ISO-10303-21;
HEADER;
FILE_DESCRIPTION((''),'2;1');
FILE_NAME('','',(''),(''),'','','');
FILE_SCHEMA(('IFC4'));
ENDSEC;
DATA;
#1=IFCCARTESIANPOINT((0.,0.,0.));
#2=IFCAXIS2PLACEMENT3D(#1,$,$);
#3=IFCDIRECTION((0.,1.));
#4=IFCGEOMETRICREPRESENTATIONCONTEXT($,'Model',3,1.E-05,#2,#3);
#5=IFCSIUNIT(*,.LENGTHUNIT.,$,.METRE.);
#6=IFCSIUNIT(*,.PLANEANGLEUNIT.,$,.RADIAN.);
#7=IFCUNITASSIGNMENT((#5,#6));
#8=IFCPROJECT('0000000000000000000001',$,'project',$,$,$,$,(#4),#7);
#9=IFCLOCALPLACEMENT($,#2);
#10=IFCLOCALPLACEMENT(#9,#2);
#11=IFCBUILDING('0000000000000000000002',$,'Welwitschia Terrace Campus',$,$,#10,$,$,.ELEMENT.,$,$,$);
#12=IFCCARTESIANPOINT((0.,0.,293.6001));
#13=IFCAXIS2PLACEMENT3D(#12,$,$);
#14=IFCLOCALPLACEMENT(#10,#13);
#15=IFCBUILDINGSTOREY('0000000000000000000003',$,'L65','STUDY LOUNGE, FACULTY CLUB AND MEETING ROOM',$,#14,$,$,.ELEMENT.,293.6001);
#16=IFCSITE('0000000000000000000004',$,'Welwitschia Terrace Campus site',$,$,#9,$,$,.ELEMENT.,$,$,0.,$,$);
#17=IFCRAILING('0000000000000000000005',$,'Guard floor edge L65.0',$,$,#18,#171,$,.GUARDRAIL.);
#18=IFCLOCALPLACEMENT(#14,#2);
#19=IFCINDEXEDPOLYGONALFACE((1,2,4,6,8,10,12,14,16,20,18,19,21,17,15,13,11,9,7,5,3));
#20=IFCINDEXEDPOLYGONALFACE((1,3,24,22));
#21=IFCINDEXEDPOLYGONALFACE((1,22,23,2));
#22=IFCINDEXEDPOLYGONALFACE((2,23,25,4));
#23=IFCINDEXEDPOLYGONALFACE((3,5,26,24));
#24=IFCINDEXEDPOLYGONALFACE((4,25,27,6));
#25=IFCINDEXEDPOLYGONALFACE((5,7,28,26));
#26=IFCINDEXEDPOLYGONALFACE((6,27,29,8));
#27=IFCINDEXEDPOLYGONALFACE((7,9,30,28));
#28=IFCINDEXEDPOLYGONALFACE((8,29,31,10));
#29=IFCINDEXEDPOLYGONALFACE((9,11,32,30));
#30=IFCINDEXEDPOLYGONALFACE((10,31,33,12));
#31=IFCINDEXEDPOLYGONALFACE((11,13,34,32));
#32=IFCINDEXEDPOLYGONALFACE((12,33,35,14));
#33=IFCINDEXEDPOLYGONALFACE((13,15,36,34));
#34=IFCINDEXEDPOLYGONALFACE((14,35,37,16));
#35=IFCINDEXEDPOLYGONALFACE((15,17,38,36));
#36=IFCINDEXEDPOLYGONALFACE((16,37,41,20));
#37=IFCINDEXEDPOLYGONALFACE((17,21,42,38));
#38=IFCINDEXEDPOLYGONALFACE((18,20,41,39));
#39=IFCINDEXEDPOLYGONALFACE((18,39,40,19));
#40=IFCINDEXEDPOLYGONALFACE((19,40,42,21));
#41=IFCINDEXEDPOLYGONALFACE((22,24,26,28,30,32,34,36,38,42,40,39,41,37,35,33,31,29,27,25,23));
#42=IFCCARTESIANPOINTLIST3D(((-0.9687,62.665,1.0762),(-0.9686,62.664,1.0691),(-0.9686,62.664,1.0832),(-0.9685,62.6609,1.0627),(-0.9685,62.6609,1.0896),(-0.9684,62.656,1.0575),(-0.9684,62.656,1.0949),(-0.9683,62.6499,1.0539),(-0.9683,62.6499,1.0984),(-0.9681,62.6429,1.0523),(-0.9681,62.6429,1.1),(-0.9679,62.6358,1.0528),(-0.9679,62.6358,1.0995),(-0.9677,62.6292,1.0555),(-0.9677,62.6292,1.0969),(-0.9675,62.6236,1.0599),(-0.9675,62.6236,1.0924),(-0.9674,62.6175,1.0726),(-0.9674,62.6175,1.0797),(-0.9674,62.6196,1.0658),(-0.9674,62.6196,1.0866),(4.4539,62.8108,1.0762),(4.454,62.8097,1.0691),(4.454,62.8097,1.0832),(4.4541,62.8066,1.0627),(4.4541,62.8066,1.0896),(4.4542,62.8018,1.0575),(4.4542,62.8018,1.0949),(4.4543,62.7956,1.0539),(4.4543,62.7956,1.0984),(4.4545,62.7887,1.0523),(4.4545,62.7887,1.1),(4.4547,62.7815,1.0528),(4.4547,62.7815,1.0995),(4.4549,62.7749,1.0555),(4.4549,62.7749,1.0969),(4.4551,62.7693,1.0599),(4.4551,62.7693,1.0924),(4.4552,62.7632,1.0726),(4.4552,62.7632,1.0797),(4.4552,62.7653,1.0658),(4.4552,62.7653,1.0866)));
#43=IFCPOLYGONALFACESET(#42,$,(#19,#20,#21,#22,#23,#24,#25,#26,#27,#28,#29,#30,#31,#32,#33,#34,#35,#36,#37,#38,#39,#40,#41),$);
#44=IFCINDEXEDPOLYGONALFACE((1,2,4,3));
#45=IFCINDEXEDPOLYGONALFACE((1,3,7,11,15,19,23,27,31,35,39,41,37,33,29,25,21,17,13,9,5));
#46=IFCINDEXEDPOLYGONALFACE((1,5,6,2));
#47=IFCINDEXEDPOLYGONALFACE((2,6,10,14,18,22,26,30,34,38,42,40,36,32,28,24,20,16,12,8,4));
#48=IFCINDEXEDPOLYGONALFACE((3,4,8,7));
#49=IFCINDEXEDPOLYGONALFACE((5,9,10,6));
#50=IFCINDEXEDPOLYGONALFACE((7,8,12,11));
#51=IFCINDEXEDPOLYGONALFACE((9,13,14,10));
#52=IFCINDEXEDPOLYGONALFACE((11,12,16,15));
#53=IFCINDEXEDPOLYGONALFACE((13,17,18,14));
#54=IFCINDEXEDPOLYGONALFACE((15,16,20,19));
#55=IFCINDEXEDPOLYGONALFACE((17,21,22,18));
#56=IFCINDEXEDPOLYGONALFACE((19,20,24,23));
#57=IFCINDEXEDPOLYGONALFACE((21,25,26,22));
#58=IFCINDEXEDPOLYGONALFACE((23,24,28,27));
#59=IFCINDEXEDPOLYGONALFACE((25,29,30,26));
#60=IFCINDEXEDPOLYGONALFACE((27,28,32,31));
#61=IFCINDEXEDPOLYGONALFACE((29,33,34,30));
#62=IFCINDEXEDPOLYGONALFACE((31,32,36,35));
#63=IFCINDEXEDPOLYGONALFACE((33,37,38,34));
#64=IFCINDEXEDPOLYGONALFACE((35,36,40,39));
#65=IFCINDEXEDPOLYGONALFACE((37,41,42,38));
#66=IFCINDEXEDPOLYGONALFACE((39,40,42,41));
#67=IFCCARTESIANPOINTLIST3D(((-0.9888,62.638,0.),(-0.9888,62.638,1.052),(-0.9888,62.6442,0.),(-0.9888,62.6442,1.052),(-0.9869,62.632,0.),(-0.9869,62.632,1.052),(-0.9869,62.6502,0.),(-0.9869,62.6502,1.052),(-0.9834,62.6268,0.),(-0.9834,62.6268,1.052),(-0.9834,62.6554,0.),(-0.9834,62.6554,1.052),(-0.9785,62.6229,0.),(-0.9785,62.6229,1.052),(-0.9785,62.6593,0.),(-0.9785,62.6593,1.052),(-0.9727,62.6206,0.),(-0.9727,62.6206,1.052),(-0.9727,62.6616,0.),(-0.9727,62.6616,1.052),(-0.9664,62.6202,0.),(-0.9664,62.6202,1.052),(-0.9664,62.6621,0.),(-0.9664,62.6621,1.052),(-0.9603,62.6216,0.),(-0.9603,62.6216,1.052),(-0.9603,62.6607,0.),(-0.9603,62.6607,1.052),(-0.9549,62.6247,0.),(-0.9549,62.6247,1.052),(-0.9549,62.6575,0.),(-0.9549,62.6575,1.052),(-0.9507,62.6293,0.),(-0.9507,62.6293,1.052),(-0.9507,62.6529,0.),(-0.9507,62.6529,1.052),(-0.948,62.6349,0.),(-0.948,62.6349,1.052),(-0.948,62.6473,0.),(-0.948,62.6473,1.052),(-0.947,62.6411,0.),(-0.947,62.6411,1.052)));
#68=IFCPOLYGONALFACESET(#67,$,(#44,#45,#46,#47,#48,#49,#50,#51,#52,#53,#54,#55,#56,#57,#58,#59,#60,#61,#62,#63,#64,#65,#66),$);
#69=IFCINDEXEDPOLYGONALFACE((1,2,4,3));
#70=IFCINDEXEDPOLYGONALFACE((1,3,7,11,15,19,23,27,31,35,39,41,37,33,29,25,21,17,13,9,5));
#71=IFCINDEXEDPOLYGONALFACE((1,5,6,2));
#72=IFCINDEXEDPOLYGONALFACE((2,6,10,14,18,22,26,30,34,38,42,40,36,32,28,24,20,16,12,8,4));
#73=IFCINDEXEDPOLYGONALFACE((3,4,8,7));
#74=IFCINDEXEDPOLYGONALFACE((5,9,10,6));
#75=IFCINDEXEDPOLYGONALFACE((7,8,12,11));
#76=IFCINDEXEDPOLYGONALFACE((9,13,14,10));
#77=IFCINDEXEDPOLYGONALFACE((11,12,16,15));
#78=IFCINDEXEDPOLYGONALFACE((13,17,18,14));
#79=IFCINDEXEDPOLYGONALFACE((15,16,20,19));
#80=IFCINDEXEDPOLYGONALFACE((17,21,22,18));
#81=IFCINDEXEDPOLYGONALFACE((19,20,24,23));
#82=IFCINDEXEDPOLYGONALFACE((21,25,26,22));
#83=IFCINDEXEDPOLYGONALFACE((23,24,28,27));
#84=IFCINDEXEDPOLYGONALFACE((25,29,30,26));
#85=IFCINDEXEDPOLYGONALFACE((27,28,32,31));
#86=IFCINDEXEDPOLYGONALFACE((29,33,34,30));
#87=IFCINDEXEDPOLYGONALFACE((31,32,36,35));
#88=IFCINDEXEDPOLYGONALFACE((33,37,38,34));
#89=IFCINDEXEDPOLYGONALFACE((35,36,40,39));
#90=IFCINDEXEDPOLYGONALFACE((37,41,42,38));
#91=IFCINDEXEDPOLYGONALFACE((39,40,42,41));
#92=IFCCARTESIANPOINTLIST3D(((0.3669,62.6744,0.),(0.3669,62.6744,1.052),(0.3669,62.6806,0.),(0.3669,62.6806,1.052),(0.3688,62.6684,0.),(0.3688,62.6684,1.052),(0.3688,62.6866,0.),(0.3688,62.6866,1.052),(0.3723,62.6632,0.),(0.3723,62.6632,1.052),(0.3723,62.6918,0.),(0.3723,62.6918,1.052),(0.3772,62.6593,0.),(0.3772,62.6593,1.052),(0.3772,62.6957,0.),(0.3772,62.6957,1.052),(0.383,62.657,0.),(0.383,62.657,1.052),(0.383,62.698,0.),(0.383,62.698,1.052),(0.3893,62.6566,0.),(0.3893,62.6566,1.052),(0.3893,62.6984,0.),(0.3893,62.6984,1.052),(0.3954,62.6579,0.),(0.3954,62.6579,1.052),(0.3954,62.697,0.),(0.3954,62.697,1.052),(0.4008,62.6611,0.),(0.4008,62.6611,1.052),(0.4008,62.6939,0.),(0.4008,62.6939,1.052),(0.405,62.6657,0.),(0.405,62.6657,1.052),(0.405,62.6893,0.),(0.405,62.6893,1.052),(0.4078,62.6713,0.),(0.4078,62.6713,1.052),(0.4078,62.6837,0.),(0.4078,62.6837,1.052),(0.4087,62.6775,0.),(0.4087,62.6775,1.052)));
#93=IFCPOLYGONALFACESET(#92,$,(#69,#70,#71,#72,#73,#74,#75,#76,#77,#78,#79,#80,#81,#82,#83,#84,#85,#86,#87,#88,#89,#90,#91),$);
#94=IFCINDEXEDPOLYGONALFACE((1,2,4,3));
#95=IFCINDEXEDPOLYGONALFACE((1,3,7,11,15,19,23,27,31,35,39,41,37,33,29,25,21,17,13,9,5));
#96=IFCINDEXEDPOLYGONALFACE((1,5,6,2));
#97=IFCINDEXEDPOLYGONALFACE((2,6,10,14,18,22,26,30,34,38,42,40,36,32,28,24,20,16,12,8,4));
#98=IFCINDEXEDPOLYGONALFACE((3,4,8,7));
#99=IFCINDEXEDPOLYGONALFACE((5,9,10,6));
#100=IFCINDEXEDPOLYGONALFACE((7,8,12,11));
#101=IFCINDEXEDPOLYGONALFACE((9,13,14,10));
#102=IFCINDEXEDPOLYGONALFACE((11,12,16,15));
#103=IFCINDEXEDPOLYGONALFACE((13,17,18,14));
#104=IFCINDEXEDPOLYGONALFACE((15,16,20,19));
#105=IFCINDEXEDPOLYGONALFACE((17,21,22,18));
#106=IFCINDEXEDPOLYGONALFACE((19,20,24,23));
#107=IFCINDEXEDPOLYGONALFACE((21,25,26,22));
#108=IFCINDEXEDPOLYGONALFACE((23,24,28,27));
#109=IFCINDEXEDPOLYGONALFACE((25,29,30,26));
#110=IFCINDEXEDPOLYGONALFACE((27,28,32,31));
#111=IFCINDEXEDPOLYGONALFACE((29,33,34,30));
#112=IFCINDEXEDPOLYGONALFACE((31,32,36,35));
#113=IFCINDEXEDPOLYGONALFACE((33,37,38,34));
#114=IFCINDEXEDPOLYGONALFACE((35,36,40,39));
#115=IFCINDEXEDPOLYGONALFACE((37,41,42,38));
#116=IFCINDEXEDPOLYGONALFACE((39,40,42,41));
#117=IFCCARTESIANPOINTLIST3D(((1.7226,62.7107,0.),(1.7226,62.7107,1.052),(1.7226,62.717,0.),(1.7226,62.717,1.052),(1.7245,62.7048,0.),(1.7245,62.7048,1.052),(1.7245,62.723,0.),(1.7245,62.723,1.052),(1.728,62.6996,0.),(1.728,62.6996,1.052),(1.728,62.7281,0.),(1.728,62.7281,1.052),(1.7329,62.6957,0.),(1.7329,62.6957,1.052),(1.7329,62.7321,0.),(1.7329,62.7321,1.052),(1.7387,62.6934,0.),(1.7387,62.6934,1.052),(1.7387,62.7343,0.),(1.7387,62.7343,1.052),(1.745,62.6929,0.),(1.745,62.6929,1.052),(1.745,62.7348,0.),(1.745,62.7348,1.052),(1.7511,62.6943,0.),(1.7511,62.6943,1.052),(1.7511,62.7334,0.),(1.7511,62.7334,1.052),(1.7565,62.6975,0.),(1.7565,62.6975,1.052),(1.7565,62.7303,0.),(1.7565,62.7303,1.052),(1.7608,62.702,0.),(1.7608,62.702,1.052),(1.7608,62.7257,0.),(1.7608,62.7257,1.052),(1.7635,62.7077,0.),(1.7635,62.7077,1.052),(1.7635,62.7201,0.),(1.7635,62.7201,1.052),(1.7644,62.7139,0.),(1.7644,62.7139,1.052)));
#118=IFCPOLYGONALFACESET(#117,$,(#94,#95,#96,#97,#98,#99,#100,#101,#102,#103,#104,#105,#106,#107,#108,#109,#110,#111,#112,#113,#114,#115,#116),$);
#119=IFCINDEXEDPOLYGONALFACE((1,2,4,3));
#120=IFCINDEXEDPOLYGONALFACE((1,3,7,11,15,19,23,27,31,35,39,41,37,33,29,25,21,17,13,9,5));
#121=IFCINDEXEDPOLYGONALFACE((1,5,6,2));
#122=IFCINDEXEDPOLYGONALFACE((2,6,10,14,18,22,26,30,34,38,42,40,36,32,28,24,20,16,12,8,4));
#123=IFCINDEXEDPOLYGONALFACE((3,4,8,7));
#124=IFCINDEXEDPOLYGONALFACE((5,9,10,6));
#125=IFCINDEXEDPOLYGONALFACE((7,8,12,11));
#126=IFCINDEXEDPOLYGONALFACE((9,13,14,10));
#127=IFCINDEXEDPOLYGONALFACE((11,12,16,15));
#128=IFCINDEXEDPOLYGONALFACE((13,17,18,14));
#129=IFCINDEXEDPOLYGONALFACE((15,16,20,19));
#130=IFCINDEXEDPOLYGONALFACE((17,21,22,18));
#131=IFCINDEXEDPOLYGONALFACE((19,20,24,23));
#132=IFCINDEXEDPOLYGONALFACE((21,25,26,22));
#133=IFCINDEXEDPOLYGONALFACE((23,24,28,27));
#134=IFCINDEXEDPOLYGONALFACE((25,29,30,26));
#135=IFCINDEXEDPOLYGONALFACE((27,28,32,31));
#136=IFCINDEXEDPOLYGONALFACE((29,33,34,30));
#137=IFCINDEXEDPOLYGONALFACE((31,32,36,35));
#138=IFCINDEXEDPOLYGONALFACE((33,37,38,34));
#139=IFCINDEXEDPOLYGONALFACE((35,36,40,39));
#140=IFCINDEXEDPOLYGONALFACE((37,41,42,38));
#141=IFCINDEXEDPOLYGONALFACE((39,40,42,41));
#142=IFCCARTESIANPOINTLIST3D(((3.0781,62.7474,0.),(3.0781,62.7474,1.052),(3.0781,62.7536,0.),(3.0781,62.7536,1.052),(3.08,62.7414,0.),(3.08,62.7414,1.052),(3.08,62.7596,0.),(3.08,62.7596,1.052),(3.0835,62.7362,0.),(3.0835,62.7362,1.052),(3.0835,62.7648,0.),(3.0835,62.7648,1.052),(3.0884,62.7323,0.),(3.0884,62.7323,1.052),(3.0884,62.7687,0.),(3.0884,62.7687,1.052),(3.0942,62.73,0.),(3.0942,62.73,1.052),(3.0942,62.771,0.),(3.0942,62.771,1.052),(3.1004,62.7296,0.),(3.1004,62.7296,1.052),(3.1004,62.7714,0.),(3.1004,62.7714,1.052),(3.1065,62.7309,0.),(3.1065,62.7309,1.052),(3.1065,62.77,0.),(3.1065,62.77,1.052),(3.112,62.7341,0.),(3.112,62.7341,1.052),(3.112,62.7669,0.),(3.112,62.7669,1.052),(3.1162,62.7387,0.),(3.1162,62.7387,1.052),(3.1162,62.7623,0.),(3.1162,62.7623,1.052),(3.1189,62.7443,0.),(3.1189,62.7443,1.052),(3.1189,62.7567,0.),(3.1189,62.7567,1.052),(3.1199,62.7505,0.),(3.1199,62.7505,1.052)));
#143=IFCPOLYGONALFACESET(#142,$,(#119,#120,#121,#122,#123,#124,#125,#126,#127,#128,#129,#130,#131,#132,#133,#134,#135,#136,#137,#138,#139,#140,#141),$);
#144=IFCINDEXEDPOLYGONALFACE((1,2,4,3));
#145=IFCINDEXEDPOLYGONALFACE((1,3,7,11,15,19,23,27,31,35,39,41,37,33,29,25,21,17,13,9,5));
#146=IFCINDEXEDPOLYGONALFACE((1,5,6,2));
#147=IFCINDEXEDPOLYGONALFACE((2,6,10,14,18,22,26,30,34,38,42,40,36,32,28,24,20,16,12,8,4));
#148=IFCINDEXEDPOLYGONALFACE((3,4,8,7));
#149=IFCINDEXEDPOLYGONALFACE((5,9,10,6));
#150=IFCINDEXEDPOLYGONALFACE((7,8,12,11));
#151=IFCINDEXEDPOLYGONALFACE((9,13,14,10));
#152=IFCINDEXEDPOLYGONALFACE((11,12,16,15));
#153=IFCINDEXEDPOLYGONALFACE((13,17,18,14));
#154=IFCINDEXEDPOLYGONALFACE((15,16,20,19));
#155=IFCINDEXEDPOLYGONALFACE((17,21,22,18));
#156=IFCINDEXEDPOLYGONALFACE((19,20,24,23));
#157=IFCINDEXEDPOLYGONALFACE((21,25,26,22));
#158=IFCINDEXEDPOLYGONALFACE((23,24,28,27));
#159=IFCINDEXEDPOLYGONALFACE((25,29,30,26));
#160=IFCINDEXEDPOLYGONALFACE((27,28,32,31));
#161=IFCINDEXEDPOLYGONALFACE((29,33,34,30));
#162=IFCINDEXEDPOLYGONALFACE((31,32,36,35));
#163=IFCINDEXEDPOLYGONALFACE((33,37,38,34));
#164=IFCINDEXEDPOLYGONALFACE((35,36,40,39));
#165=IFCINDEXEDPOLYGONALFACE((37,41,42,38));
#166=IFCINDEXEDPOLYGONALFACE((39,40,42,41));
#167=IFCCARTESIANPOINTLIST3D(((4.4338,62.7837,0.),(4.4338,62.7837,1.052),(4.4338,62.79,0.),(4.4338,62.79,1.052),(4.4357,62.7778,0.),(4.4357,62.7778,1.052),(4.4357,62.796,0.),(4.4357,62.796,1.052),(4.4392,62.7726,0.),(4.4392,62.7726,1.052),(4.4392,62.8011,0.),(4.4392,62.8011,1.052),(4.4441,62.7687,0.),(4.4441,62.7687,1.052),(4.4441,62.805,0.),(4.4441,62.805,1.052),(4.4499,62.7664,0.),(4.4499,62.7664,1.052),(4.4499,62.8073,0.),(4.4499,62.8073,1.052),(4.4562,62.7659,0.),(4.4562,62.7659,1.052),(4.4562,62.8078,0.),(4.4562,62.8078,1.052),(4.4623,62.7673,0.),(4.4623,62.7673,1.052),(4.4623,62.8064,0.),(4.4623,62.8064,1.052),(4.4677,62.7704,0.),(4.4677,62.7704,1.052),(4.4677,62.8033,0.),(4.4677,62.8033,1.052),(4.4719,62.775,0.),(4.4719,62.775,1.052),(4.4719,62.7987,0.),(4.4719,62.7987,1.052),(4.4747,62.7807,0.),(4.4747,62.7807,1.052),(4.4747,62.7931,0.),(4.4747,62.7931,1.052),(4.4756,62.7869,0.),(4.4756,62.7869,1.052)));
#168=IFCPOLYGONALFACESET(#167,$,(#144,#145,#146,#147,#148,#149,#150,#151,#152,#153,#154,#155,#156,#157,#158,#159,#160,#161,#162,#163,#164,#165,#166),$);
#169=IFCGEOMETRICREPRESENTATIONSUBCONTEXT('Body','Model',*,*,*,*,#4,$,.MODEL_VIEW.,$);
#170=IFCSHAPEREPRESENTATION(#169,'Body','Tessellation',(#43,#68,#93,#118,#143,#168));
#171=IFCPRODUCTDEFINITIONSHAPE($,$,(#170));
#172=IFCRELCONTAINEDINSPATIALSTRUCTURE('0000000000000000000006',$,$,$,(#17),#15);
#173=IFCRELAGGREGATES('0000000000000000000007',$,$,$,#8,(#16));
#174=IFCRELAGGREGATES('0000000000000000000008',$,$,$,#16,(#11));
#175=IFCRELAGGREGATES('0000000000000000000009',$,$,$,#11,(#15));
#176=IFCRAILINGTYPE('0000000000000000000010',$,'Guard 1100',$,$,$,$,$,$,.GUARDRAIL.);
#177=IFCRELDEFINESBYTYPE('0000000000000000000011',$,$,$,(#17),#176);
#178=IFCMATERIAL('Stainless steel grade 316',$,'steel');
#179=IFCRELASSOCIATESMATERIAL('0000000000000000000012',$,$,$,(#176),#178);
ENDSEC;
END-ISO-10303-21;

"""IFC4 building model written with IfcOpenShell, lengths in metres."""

from ifc_helpers import new_model, si_unit, direction, frame, origin, origin_2d, place, context, subcontext, project, spatial, circle, extrude, material, type_object, element, save


model = new_model("IFC4")

# Units and contexts
model_context = context("Model", 3, precision=1e-05, world=origin(), true_north=direction((0.0, 1.0)))
body_context = subcontext(model_context, "Body", "Model", "MODEL_VIEW")
ifc_project = project(units=[si_unit("LENGTHUNIT", "METRE"), si_unit("PLANEANGLEUNIT", "RADIAN")], contexts=[model_context])

# Site, building, storey
site_placement = place(None, origin())
site = spatial("IfcSite", under=ifc_project, at=site_placement, Name="Welwitschia Terrace Campus site", CompositionType="ELEMENT", RefElevation=0.0)
building_placement = place(site_placement, origin())
building = spatial("IfcBuilding", under=site, at=building_placement, Name="Welwitschia Terrace Campus", CompositionType="ELEMENT")
storey_placement = place(building_placement, frame((0.0, 0.0, 293.6001)))
storey = spatial("IfcBuildingStorey", under=building, at=storey_placement, Name="L65", Description="STUDY LOUNGE, FACULTY CLUB AND MEETING ROOM", CompositionType="ELEMENT", Elevation=293.6001)

# Railing
ifc_material_1 = material(Name="Stainless steel grade 316", Category="steel")
railing_type = type_object("IfcRailingType", Name="Guard 1100", PredefinedType="GUARDRAIL", material=ifc_material_1)
railing_1_placement = place(storey_placement, frame((-0.968, 62.6411, 0.0)))
element("IfcRailing", 1, at=railing_1_placement, inside=storey, type_object=railing_type, Name="Guard floor edge L65.0", PredefinedType="GUARDRAIL", context=body_context, shape_type="SweptSolid", body=[
    extrude(circle(Radius=0.0239, at=origin_2d()), frame((0.0, 0.0, 1.0762), z_axis=(0.999639, 0.026869, 0.0), x_axis=(-0.026869, 0.999639, 0.0)), (0.0, 0.0, 1.0), 5.4246),
    extrude(circle(Radius=0.021, at=origin_2d()), origin(), (0.0, 0.0, 1.0), 1.052),
    extrude(circle(Radius=0.021, at=origin_2d()), frame((1.3557, 0.0364, 0.0)), (0.0, 0.0, 1.0), 1.052),
    extrude(circle(Radius=0.021, at=origin_2d()), frame((2.7114, 0.0728, 0.0)), (0.0, 0.0, 1.0), 1.052),
    extrude(circle(Radius=0.021, at=origin_2d()), frame((4.0669, 0.1094, 0.0)), (0.0, 0.0, 1.0), 1.052),
    extrude(circle(Radius=0.021, at=origin_2d()), frame((5.4226, 0.1458, 0.0)), (0.0, 0.0, 1.0), 1.052),
])

save(model, "model.ifc")
